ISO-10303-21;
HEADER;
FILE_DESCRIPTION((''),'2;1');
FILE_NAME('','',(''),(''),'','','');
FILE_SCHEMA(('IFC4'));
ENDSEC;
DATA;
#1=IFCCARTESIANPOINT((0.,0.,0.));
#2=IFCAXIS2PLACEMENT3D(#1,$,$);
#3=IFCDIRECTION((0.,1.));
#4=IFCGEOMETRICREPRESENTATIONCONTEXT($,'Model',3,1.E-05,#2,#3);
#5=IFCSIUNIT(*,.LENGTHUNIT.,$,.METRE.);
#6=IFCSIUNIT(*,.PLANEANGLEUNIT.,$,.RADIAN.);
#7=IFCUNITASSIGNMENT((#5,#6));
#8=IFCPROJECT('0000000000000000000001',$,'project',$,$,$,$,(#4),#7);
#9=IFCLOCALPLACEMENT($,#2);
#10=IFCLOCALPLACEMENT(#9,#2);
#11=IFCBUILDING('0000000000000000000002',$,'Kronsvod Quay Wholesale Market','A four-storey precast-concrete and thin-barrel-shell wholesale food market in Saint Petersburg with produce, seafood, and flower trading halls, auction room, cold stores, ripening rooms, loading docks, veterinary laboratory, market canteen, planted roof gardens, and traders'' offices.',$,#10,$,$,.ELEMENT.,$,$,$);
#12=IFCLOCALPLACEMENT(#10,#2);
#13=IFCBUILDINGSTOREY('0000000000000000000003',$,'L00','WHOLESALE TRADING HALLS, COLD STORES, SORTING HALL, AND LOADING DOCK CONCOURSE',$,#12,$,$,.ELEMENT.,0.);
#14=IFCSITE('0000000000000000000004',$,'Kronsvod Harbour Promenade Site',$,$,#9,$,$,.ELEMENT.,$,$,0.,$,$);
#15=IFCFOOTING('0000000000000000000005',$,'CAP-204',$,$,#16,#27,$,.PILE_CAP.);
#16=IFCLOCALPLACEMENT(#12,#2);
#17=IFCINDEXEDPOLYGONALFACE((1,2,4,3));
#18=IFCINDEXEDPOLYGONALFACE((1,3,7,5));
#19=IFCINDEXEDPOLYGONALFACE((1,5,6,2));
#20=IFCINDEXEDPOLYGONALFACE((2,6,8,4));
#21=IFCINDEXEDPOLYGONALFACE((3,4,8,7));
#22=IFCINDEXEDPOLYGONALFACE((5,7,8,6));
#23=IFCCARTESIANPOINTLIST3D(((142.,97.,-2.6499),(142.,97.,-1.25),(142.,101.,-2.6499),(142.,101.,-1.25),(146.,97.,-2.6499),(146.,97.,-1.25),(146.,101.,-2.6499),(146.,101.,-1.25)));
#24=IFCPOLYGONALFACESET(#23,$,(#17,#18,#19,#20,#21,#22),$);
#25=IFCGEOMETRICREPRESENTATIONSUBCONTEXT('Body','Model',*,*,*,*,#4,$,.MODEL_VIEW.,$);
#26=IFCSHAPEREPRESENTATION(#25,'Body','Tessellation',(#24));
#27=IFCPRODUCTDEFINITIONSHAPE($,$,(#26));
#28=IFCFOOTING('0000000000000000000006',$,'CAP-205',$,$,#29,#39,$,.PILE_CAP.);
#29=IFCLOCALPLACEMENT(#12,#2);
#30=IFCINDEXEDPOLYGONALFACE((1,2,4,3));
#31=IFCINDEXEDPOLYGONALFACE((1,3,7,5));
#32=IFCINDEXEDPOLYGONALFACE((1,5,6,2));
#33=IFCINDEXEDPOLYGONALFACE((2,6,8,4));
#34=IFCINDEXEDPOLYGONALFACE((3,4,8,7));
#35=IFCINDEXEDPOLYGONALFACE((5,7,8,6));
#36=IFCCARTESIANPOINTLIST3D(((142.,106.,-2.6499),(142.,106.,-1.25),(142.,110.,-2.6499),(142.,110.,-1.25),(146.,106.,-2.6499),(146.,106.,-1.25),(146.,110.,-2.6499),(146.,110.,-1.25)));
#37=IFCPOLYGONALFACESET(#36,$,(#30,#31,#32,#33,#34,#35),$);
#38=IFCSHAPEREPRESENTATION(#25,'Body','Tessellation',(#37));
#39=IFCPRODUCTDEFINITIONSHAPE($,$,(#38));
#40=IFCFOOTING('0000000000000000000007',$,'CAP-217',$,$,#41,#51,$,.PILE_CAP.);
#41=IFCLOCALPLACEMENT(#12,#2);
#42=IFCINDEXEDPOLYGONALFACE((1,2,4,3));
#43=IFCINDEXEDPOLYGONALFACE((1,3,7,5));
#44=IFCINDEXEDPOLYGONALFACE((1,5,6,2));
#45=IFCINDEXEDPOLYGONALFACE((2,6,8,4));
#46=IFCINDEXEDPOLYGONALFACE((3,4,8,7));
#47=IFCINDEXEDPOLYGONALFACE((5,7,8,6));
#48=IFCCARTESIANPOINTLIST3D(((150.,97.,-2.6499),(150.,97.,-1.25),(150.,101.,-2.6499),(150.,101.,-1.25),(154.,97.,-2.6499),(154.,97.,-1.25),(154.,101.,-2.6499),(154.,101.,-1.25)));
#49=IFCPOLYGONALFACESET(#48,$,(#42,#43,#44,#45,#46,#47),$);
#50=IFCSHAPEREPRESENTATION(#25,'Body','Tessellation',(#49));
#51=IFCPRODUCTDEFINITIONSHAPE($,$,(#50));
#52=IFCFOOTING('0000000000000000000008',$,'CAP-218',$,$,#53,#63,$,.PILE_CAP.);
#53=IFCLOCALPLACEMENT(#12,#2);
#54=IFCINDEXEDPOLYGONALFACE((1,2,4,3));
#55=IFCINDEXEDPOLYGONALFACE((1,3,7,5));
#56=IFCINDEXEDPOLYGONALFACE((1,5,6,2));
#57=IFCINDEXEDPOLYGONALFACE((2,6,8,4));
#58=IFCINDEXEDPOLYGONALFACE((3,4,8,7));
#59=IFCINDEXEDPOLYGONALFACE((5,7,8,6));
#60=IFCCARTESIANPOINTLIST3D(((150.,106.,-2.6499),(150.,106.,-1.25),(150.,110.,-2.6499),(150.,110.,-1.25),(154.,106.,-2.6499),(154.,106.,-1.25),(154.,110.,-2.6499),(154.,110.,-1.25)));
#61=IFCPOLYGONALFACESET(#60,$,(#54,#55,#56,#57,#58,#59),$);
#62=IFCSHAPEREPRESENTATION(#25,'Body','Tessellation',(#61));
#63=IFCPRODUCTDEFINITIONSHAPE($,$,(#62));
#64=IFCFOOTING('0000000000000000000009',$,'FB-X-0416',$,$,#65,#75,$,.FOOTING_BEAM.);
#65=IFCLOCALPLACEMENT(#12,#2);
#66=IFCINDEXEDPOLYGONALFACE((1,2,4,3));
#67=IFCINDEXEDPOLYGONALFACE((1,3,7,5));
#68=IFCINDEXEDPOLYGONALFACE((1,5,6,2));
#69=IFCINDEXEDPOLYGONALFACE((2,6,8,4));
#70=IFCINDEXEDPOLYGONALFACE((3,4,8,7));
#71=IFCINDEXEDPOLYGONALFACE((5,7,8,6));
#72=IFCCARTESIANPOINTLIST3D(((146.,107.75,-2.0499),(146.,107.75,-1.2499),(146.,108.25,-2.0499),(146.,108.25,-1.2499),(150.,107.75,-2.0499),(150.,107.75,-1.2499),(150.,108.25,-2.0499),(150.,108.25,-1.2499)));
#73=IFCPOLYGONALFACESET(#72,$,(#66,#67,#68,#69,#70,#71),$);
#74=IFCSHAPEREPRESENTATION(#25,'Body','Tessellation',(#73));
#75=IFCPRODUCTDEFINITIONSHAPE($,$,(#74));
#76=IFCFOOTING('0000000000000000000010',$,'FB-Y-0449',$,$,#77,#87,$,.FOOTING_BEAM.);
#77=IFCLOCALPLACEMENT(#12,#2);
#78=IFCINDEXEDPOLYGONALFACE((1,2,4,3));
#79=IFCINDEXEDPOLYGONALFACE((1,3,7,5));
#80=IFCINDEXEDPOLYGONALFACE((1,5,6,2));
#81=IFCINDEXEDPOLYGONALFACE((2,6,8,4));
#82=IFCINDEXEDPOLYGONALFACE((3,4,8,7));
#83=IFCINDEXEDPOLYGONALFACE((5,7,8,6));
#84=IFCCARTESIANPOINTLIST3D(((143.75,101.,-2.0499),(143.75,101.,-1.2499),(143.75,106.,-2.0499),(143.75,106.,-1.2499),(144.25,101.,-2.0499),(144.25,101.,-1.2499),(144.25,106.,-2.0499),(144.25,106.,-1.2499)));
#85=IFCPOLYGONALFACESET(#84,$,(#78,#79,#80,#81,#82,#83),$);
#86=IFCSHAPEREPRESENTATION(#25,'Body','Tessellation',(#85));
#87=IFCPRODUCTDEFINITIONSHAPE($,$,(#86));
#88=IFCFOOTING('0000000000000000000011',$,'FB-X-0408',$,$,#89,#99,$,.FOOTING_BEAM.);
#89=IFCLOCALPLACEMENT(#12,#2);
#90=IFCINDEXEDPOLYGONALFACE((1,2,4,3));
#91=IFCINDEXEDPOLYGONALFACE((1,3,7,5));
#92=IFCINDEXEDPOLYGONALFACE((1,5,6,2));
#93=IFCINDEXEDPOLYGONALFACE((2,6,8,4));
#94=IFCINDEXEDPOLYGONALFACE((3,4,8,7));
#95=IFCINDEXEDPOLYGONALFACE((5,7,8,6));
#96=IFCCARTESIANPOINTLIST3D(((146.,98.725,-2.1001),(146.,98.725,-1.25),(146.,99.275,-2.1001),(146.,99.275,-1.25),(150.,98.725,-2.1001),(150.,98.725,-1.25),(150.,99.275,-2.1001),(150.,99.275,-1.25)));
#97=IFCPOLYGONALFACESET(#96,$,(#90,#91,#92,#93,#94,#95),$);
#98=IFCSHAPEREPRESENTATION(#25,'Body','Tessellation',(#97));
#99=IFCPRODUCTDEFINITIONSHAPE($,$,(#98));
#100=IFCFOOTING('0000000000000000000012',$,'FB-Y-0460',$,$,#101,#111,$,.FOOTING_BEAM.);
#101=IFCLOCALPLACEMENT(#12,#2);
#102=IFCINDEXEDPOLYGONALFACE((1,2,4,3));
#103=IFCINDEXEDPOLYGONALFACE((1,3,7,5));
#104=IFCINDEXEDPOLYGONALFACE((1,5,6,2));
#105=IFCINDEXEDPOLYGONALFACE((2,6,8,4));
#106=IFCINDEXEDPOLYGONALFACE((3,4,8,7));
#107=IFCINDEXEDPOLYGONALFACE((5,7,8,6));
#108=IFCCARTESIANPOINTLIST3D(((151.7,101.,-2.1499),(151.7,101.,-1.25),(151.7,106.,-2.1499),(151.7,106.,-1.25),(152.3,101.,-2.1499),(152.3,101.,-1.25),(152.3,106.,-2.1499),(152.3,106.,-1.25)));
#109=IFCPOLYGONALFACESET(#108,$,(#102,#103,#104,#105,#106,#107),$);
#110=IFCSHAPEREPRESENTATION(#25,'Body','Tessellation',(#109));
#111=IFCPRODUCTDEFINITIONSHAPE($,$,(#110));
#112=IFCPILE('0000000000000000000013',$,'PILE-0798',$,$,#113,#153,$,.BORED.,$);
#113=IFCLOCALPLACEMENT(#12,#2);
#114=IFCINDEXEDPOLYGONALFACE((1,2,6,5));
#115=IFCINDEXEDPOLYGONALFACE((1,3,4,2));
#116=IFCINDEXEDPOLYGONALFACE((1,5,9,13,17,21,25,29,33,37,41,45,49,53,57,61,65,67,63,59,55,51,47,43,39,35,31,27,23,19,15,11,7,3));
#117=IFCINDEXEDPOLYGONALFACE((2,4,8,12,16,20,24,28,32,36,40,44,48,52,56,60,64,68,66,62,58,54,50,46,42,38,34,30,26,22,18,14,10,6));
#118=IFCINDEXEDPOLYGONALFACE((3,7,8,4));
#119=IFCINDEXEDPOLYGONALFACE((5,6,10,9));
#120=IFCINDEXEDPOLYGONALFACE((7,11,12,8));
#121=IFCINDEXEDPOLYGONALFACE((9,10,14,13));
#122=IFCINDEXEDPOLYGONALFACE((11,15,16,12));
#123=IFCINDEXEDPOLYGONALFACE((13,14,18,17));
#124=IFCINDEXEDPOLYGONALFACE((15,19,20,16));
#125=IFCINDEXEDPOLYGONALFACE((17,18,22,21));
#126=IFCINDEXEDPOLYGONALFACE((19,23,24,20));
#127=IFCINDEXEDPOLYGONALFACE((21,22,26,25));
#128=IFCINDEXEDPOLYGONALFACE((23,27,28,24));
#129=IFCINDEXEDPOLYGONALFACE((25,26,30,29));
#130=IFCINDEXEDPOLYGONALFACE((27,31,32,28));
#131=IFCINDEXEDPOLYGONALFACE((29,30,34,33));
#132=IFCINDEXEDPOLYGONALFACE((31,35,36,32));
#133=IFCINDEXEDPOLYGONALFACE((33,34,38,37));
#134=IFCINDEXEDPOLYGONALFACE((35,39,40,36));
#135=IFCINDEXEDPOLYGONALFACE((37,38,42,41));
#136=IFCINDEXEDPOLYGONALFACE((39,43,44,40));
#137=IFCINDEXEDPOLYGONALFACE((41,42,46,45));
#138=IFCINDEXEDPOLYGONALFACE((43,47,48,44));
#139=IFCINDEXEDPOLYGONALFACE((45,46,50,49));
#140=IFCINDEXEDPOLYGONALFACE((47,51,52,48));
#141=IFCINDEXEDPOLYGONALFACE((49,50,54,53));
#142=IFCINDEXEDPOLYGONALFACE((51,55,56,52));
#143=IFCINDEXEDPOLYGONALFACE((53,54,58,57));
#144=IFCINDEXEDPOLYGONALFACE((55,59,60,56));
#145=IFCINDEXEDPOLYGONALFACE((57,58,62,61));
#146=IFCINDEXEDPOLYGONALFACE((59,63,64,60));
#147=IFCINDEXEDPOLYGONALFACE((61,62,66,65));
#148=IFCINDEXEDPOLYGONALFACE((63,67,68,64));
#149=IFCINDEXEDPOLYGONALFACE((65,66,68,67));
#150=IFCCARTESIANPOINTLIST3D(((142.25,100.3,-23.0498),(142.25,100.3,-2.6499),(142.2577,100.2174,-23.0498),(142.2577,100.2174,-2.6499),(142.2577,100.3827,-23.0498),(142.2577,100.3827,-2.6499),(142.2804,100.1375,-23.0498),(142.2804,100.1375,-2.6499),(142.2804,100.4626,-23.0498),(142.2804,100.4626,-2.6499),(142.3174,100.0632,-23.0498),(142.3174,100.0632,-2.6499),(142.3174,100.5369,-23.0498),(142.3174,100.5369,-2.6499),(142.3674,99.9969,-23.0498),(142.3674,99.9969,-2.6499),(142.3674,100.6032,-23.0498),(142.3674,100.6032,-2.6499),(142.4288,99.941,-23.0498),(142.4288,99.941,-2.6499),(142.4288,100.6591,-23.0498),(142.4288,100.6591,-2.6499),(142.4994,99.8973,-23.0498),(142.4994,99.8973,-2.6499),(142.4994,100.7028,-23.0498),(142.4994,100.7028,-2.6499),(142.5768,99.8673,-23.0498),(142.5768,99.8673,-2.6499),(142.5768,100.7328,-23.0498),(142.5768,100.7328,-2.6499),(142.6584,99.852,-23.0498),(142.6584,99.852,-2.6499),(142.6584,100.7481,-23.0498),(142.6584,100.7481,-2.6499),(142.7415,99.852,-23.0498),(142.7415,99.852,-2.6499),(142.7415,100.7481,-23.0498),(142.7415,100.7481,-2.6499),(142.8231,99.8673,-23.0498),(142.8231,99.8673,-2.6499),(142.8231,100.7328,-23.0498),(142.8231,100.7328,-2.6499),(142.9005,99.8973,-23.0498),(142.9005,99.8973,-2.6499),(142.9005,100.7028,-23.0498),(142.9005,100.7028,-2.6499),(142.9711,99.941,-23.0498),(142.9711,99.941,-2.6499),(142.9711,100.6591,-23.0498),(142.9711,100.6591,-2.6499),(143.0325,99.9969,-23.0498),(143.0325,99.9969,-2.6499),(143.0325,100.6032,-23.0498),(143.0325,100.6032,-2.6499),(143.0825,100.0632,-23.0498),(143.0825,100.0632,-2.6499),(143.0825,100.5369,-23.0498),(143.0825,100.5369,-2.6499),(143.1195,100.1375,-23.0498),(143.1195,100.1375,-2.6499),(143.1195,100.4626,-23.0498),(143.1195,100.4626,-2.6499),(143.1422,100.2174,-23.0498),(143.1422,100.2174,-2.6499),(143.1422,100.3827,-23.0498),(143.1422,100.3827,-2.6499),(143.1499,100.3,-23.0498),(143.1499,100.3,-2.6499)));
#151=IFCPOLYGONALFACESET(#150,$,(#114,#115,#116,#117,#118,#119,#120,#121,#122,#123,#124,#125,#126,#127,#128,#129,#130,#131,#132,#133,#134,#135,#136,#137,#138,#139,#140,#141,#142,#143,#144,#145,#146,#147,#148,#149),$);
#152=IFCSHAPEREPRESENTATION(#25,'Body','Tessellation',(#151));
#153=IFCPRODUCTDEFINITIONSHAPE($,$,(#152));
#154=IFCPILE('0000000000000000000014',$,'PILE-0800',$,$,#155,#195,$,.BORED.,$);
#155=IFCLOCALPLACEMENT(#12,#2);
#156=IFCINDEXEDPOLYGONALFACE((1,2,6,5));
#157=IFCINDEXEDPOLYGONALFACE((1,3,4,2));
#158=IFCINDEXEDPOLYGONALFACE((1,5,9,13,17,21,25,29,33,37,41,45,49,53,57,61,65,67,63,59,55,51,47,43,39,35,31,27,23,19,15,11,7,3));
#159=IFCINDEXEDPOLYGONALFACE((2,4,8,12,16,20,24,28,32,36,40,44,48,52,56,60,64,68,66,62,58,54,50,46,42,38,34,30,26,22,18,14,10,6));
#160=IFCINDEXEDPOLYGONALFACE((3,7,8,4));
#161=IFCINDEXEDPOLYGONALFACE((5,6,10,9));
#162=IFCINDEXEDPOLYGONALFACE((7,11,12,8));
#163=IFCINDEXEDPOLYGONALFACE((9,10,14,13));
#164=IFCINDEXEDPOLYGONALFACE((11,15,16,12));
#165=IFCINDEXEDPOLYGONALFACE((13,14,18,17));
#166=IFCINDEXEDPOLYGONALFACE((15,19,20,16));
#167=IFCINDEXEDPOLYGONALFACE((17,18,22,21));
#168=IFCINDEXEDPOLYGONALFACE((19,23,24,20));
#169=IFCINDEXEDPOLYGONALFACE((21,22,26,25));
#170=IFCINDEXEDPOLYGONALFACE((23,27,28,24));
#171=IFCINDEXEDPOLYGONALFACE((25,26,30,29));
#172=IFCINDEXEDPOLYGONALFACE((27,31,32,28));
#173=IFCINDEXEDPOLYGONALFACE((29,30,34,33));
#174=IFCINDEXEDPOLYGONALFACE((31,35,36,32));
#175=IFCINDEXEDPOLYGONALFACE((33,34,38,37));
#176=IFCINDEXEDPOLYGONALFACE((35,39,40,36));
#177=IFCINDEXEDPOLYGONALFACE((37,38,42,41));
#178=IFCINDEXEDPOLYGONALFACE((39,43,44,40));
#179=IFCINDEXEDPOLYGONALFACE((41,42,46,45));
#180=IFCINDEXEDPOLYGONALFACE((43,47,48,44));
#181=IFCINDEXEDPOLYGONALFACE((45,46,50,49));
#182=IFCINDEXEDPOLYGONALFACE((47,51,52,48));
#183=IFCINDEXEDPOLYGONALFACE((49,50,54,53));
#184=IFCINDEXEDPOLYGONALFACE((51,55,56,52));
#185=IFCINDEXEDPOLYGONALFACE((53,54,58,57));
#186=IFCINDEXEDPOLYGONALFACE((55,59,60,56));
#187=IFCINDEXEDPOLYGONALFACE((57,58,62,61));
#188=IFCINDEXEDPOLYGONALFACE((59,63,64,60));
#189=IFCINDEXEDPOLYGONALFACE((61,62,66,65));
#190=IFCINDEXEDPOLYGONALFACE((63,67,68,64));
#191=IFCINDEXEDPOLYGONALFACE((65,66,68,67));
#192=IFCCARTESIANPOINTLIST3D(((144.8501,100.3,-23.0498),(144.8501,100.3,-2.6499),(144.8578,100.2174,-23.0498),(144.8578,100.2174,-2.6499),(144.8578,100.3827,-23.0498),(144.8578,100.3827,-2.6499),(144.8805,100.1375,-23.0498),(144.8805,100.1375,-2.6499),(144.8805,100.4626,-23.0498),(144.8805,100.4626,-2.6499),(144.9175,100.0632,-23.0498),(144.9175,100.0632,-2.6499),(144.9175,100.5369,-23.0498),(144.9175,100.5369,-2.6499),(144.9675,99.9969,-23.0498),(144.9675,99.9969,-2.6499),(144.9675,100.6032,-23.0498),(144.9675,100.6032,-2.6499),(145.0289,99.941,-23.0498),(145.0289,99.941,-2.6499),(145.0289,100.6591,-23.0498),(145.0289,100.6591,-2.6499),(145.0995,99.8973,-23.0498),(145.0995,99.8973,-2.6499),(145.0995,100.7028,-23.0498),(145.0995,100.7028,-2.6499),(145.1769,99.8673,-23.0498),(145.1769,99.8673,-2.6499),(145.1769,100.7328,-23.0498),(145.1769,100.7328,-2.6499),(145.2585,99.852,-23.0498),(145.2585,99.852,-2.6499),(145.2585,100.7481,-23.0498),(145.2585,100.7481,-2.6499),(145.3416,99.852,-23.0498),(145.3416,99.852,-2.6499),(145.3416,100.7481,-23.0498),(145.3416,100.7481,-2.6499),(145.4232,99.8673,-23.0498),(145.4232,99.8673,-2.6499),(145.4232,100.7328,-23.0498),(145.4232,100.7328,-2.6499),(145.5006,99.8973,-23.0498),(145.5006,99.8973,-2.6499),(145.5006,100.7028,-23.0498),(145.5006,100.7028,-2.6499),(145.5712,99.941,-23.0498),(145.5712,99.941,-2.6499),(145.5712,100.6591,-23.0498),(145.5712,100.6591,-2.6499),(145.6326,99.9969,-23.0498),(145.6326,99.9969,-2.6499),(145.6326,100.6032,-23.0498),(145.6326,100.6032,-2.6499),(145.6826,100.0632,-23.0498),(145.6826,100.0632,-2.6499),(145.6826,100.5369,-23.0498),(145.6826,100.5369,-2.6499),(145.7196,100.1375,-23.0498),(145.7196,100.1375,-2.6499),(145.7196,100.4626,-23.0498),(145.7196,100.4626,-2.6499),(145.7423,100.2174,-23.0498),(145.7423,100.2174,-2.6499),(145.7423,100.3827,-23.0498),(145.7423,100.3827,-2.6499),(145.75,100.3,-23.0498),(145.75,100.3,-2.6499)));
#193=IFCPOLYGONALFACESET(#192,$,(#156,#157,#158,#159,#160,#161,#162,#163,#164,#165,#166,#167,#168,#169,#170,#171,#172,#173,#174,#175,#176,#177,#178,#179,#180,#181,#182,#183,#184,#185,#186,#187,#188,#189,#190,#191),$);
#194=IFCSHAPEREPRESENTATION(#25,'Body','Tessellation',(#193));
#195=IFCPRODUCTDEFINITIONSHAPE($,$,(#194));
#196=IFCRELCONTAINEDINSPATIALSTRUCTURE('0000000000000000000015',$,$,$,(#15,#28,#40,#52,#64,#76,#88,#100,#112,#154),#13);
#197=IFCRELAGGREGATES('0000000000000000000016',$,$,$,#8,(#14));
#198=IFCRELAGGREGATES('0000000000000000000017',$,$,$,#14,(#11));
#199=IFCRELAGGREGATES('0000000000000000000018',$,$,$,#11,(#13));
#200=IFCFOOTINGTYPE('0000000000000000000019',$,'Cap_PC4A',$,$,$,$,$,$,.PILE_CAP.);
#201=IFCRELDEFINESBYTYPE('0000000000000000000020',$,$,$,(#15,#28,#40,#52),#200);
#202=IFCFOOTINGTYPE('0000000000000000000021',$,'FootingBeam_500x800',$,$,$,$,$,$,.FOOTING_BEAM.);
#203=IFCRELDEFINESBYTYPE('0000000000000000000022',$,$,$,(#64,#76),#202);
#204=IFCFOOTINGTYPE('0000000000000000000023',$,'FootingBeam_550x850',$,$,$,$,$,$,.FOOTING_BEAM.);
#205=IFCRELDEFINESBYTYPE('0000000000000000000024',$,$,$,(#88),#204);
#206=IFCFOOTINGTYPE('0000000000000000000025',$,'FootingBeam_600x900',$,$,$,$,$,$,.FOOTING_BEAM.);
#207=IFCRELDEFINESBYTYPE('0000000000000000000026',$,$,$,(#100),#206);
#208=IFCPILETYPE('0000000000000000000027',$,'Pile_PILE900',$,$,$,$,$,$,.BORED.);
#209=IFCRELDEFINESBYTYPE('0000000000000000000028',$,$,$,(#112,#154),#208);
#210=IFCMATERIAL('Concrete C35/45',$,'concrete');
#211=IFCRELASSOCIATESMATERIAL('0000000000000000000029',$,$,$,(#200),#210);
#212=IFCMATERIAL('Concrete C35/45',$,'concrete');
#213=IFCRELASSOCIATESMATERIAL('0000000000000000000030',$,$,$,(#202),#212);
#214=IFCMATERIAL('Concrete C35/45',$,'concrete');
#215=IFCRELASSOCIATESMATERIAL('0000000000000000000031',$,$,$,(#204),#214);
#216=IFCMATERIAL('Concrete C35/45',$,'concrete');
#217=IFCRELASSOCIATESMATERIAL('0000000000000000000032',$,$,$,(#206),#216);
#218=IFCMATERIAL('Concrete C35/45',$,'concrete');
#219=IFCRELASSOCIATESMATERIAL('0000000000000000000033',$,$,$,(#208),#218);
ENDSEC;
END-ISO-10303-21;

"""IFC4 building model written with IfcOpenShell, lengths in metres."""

from ifc_helpers import new_model, si_unit, direction, frame, origin, origin_2d, place, context, subcontext, project, spatial, rectangle, circle, extrude, material, material_profile, profile_set, type_object, element, save


model = new_model("IFC4")

# Units and contexts
model_context = context("Model", 3, precision=1e-05, world=origin(), true_north=direction((0.0, 1.0)))
body_context = subcontext(model_context, "Body", "Model", "MODEL_VIEW")
ifc_project = project(units=[si_unit("LENGTHUNIT", "METRE"), si_unit("PLANEANGLEUNIT", "RADIAN")], contexts=[model_context])

# Site, building, storey
site_placement = place(None, origin())
site = spatial("IfcSite", under=ifc_project, at=site_placement, Name="Kronsvod Harbour Promenade Site", CompositionType="ELEMENT", RefElevation=0.0)
building_placement = place(site_placement, origin())
building = spatial("IfcBuilding", under=site, at=building_placement, Name="Kronsvod Quay Wholesale Market", Description="A four-storey precast-concrete and thin-barrel-shell wholesale food market in Saint Petersburg with produce, seafood, and flower trading halls, auction room, cold stores, ripening rooms, loading docks, veterinary laboratory, market canteen, planted roof gardens, and traders' offices.", CompositionType="ELEMENT")
storey_placement = place(building_placement, origin())
storey = spatial("IfcBuildingStorey", under=building, at=storey_placement, Name="L00", Description="WHOLESALE TRADING HALLS, COLD STORES, SORTING HALL, AND LOADING DOCK CONCOURSE", CompositionType="ELEMENT", Elevation=0.0)

# Footings
ifc_material_1 = material(Name="Concrete C35/45", Category="concrete")
footing_type_1 = type_object("IfcFootingType", Name="Cap_PC4A", PredefinedType="PILE_CAP", material=ifc_material_1)
for number, where, z_axis, x_axis, name in (
    (1, (144.0, 99.0, -2.6499), (0.0, 0.0, 1.0), (1.0, 0.0, 0.0), "CAP-204"),
    (2, (144.0, 108.0, -2.6499), (0.0, 0.0, 1.0), (1.0, 0.0, 0.0), "CAP-205"),
    (3, (152.0, 99.0, -2.6499), (0.0, 0.0, 1.0), (1.0, 0.0, 0.0), "CAP-217"),
    (4, (152.0, 108.0, -2.6499), (0.0, 0.0, 1.0), (1.0, 0.0, 0.0), "CAP-218"),
):
    element("IfcFooting", number, at=place(storey_placement, frame(where, z_axis=z_axis, x_axis=x_axis)), inside=storey, type_object=footing_type_1, Name=name, PredefinedType="PILE_CAP", context=body_context, shape_type="SweptSolid", body=[
        extrude(rectangle(XDim=4.0, YDim=4.0, at=origin_2d()), origin(), (0.0, 0.0, 1.0), 1.3999),
    ])
ifc_material_2 = material(Name="Concrete C35/45", Category="concrete")
ifc_material_profile_1 = material_profile(ifc_material_2, rectangle(XDim=0.5, YDim=0.8, at=origin_2d()), Name="FB-01")
ifc_profile_set_1 = profile_set([ifc_material_profile_1], Name="Concrete C35/45")
footing_type_2 = type_object("IfcFootingType", Name="FootingBeam_500x800", PredefinedType="FOOTING_BEAM", material=ifc_profile_set_1)
footing_1_placement = place(storey_placement, frame((146.0, 108.0, -1.6499), z_axis=(1.0, 0.0, 0.0), x_axis=(0.0, 1.0, 0.0)))
element("IfcFooting", 5, at=footing_1_placement, inside=storey, type_object=footing_type_2, Name="FB-X-0416", PredefinedType="FOOTING_BEAM", context=body_context, shape_type="SweptSolid", body=[
    extrude(rectangle(XDim=0.5, YDim=0.8, at=origin_2d()), origin(), (0.0, 0.0, 1.0), 4.0),
])
footing_2_placement = place(storey_placement, frame((144.0, 101.0, -1.6499), z_axis=(0.0, 1.0, 0.0), x_axis=(-1.0, 0.0, 0.0)))
element("IfcFooting", 6, at=footing_2_placement, inside=storey, type_object=footing_type_2, Name="FB-Y-0449", PredefinedType="FOOTING_BEAM", context=body_context, shape_type="SweptSolid", body=[
    extrude(rectangle(XDim=0.5, YDim=0.8, at=origin_2d()), origin(), (0.0, 0.0, 1.0), 5.0),
])
ifc_material_3 = material(Name="Concrete C35/45", Category="concrete")
ifc_material_profile_2 = material_profile(ifc_material_3, rectangle(XDim=0.55, YDim=0.8501, at=origin_2d()), Name="FB-03")
ifc_profile_set_2 = profile_set([ifc_material_profile_2], Name="Concrete C35/45")
footing_type_3 = type_object("IfcFootingType", Name="FootingBeam_550x850", PredefinedType="FOOTING_BEAM", material=ifc_profile_set_2)
footing_3_placement = place(storey_placement, frame((146.0, 99.0, -1.675), z_axis=(1.0, 0.0, 0.0), x_axis=(0.0, 1.0, 0.0)))
element("IfcFooting", 7, at=footing_3_placement, inside=storey, type_object=footing_type_3, Name="FB-X-0408", PredefinedType="FOOTING_BEAM", context=body_context, shape_type="SweptSolid", body=[
    extrude(rectangle(XDim=0.55, YDim=0.8501, at=origin_2d()), origin(), (0.0, 0.0, 1.0), 4.0),
])
ifc_material_4 = material(Name="Concrete C35/45", Category="concrete")
ifc_material_profile_3 = material_profile(ifc_material_4, rectangle(XDim=0.6001, YDim=0.8999, at=origin_2d()), Name="FB-02")
ifc_profile_set_3 = profile_set([ifc_material_profile_3], Name="Concrete C35/45")
footing_type_4 = type_object("IfcFootingType", Name="FootingBeam_600x900", PredefinedType="FOOTING_BEAM", material=ifc_profile_set_3)
footing_4_placement = place(storey_placement, frame((152.0, 101.0, -1.7), z_axis=(0.0, 1.0, 0.0), x_axis=(-1.0, 0.0, 0.0)))
element("IfcFooting", 8, at=footing_4_placement, inside=storey, type_object=footing_type_4, Name="FB-Y-0460", PredefinedType="FOOTING_BEAM", context=body_context, shape_type="SweptSolid", body=[
    extrude(rectangle(XDim=0.6001, YDim=0.8999, at=origin_2d()), origin(), (0.0, 0.0, 1.0), 5.0),
])

# Piles
ifc_material_5 = material(Name="Concrete C35/45", Category="concrete")
ifc_material_profile_4 = material_profile(ifc_material_5, circle(Radius=0.45, at=origin_2d()), Name="PILE900")
ifc_profile_set_4 = profile_set([ifc_material_profile_4], Name="Concrete C35/45")
pile_type = type_object("IfcPileType", Name="Pile_PILE900", PredefinedType="BORED", material=ifc_profile_set_4)
for number, where, z_axis, x_axis, name in (
    (9, (142.7, 100.3, -2.6499), (0.0, 0.0, -1.0), (1.0, 0.0, 0.0), "PILE-0798"),
    (10, (145.3, 100.3, -2.6499), (0.0, 0.0, -1.0), (1.0, 0.0, 0.0), "PILE-0800"),
):
    element("IfcPile", number, at=place(storey_placement, frame(where, z_axis=z_axis, x_axis=x_axis)), inside=storey, type_object=pile_type, Name=name, PredefinedType="BORED", context=body_context, shape_type="SweptSolid", body=[
        extrude(circle(Radius=0.45, at=origin_2d()), origin(), (0.0, 0.0, 1.0), 20.3999),
    ])

save(model, "model.ifc")
